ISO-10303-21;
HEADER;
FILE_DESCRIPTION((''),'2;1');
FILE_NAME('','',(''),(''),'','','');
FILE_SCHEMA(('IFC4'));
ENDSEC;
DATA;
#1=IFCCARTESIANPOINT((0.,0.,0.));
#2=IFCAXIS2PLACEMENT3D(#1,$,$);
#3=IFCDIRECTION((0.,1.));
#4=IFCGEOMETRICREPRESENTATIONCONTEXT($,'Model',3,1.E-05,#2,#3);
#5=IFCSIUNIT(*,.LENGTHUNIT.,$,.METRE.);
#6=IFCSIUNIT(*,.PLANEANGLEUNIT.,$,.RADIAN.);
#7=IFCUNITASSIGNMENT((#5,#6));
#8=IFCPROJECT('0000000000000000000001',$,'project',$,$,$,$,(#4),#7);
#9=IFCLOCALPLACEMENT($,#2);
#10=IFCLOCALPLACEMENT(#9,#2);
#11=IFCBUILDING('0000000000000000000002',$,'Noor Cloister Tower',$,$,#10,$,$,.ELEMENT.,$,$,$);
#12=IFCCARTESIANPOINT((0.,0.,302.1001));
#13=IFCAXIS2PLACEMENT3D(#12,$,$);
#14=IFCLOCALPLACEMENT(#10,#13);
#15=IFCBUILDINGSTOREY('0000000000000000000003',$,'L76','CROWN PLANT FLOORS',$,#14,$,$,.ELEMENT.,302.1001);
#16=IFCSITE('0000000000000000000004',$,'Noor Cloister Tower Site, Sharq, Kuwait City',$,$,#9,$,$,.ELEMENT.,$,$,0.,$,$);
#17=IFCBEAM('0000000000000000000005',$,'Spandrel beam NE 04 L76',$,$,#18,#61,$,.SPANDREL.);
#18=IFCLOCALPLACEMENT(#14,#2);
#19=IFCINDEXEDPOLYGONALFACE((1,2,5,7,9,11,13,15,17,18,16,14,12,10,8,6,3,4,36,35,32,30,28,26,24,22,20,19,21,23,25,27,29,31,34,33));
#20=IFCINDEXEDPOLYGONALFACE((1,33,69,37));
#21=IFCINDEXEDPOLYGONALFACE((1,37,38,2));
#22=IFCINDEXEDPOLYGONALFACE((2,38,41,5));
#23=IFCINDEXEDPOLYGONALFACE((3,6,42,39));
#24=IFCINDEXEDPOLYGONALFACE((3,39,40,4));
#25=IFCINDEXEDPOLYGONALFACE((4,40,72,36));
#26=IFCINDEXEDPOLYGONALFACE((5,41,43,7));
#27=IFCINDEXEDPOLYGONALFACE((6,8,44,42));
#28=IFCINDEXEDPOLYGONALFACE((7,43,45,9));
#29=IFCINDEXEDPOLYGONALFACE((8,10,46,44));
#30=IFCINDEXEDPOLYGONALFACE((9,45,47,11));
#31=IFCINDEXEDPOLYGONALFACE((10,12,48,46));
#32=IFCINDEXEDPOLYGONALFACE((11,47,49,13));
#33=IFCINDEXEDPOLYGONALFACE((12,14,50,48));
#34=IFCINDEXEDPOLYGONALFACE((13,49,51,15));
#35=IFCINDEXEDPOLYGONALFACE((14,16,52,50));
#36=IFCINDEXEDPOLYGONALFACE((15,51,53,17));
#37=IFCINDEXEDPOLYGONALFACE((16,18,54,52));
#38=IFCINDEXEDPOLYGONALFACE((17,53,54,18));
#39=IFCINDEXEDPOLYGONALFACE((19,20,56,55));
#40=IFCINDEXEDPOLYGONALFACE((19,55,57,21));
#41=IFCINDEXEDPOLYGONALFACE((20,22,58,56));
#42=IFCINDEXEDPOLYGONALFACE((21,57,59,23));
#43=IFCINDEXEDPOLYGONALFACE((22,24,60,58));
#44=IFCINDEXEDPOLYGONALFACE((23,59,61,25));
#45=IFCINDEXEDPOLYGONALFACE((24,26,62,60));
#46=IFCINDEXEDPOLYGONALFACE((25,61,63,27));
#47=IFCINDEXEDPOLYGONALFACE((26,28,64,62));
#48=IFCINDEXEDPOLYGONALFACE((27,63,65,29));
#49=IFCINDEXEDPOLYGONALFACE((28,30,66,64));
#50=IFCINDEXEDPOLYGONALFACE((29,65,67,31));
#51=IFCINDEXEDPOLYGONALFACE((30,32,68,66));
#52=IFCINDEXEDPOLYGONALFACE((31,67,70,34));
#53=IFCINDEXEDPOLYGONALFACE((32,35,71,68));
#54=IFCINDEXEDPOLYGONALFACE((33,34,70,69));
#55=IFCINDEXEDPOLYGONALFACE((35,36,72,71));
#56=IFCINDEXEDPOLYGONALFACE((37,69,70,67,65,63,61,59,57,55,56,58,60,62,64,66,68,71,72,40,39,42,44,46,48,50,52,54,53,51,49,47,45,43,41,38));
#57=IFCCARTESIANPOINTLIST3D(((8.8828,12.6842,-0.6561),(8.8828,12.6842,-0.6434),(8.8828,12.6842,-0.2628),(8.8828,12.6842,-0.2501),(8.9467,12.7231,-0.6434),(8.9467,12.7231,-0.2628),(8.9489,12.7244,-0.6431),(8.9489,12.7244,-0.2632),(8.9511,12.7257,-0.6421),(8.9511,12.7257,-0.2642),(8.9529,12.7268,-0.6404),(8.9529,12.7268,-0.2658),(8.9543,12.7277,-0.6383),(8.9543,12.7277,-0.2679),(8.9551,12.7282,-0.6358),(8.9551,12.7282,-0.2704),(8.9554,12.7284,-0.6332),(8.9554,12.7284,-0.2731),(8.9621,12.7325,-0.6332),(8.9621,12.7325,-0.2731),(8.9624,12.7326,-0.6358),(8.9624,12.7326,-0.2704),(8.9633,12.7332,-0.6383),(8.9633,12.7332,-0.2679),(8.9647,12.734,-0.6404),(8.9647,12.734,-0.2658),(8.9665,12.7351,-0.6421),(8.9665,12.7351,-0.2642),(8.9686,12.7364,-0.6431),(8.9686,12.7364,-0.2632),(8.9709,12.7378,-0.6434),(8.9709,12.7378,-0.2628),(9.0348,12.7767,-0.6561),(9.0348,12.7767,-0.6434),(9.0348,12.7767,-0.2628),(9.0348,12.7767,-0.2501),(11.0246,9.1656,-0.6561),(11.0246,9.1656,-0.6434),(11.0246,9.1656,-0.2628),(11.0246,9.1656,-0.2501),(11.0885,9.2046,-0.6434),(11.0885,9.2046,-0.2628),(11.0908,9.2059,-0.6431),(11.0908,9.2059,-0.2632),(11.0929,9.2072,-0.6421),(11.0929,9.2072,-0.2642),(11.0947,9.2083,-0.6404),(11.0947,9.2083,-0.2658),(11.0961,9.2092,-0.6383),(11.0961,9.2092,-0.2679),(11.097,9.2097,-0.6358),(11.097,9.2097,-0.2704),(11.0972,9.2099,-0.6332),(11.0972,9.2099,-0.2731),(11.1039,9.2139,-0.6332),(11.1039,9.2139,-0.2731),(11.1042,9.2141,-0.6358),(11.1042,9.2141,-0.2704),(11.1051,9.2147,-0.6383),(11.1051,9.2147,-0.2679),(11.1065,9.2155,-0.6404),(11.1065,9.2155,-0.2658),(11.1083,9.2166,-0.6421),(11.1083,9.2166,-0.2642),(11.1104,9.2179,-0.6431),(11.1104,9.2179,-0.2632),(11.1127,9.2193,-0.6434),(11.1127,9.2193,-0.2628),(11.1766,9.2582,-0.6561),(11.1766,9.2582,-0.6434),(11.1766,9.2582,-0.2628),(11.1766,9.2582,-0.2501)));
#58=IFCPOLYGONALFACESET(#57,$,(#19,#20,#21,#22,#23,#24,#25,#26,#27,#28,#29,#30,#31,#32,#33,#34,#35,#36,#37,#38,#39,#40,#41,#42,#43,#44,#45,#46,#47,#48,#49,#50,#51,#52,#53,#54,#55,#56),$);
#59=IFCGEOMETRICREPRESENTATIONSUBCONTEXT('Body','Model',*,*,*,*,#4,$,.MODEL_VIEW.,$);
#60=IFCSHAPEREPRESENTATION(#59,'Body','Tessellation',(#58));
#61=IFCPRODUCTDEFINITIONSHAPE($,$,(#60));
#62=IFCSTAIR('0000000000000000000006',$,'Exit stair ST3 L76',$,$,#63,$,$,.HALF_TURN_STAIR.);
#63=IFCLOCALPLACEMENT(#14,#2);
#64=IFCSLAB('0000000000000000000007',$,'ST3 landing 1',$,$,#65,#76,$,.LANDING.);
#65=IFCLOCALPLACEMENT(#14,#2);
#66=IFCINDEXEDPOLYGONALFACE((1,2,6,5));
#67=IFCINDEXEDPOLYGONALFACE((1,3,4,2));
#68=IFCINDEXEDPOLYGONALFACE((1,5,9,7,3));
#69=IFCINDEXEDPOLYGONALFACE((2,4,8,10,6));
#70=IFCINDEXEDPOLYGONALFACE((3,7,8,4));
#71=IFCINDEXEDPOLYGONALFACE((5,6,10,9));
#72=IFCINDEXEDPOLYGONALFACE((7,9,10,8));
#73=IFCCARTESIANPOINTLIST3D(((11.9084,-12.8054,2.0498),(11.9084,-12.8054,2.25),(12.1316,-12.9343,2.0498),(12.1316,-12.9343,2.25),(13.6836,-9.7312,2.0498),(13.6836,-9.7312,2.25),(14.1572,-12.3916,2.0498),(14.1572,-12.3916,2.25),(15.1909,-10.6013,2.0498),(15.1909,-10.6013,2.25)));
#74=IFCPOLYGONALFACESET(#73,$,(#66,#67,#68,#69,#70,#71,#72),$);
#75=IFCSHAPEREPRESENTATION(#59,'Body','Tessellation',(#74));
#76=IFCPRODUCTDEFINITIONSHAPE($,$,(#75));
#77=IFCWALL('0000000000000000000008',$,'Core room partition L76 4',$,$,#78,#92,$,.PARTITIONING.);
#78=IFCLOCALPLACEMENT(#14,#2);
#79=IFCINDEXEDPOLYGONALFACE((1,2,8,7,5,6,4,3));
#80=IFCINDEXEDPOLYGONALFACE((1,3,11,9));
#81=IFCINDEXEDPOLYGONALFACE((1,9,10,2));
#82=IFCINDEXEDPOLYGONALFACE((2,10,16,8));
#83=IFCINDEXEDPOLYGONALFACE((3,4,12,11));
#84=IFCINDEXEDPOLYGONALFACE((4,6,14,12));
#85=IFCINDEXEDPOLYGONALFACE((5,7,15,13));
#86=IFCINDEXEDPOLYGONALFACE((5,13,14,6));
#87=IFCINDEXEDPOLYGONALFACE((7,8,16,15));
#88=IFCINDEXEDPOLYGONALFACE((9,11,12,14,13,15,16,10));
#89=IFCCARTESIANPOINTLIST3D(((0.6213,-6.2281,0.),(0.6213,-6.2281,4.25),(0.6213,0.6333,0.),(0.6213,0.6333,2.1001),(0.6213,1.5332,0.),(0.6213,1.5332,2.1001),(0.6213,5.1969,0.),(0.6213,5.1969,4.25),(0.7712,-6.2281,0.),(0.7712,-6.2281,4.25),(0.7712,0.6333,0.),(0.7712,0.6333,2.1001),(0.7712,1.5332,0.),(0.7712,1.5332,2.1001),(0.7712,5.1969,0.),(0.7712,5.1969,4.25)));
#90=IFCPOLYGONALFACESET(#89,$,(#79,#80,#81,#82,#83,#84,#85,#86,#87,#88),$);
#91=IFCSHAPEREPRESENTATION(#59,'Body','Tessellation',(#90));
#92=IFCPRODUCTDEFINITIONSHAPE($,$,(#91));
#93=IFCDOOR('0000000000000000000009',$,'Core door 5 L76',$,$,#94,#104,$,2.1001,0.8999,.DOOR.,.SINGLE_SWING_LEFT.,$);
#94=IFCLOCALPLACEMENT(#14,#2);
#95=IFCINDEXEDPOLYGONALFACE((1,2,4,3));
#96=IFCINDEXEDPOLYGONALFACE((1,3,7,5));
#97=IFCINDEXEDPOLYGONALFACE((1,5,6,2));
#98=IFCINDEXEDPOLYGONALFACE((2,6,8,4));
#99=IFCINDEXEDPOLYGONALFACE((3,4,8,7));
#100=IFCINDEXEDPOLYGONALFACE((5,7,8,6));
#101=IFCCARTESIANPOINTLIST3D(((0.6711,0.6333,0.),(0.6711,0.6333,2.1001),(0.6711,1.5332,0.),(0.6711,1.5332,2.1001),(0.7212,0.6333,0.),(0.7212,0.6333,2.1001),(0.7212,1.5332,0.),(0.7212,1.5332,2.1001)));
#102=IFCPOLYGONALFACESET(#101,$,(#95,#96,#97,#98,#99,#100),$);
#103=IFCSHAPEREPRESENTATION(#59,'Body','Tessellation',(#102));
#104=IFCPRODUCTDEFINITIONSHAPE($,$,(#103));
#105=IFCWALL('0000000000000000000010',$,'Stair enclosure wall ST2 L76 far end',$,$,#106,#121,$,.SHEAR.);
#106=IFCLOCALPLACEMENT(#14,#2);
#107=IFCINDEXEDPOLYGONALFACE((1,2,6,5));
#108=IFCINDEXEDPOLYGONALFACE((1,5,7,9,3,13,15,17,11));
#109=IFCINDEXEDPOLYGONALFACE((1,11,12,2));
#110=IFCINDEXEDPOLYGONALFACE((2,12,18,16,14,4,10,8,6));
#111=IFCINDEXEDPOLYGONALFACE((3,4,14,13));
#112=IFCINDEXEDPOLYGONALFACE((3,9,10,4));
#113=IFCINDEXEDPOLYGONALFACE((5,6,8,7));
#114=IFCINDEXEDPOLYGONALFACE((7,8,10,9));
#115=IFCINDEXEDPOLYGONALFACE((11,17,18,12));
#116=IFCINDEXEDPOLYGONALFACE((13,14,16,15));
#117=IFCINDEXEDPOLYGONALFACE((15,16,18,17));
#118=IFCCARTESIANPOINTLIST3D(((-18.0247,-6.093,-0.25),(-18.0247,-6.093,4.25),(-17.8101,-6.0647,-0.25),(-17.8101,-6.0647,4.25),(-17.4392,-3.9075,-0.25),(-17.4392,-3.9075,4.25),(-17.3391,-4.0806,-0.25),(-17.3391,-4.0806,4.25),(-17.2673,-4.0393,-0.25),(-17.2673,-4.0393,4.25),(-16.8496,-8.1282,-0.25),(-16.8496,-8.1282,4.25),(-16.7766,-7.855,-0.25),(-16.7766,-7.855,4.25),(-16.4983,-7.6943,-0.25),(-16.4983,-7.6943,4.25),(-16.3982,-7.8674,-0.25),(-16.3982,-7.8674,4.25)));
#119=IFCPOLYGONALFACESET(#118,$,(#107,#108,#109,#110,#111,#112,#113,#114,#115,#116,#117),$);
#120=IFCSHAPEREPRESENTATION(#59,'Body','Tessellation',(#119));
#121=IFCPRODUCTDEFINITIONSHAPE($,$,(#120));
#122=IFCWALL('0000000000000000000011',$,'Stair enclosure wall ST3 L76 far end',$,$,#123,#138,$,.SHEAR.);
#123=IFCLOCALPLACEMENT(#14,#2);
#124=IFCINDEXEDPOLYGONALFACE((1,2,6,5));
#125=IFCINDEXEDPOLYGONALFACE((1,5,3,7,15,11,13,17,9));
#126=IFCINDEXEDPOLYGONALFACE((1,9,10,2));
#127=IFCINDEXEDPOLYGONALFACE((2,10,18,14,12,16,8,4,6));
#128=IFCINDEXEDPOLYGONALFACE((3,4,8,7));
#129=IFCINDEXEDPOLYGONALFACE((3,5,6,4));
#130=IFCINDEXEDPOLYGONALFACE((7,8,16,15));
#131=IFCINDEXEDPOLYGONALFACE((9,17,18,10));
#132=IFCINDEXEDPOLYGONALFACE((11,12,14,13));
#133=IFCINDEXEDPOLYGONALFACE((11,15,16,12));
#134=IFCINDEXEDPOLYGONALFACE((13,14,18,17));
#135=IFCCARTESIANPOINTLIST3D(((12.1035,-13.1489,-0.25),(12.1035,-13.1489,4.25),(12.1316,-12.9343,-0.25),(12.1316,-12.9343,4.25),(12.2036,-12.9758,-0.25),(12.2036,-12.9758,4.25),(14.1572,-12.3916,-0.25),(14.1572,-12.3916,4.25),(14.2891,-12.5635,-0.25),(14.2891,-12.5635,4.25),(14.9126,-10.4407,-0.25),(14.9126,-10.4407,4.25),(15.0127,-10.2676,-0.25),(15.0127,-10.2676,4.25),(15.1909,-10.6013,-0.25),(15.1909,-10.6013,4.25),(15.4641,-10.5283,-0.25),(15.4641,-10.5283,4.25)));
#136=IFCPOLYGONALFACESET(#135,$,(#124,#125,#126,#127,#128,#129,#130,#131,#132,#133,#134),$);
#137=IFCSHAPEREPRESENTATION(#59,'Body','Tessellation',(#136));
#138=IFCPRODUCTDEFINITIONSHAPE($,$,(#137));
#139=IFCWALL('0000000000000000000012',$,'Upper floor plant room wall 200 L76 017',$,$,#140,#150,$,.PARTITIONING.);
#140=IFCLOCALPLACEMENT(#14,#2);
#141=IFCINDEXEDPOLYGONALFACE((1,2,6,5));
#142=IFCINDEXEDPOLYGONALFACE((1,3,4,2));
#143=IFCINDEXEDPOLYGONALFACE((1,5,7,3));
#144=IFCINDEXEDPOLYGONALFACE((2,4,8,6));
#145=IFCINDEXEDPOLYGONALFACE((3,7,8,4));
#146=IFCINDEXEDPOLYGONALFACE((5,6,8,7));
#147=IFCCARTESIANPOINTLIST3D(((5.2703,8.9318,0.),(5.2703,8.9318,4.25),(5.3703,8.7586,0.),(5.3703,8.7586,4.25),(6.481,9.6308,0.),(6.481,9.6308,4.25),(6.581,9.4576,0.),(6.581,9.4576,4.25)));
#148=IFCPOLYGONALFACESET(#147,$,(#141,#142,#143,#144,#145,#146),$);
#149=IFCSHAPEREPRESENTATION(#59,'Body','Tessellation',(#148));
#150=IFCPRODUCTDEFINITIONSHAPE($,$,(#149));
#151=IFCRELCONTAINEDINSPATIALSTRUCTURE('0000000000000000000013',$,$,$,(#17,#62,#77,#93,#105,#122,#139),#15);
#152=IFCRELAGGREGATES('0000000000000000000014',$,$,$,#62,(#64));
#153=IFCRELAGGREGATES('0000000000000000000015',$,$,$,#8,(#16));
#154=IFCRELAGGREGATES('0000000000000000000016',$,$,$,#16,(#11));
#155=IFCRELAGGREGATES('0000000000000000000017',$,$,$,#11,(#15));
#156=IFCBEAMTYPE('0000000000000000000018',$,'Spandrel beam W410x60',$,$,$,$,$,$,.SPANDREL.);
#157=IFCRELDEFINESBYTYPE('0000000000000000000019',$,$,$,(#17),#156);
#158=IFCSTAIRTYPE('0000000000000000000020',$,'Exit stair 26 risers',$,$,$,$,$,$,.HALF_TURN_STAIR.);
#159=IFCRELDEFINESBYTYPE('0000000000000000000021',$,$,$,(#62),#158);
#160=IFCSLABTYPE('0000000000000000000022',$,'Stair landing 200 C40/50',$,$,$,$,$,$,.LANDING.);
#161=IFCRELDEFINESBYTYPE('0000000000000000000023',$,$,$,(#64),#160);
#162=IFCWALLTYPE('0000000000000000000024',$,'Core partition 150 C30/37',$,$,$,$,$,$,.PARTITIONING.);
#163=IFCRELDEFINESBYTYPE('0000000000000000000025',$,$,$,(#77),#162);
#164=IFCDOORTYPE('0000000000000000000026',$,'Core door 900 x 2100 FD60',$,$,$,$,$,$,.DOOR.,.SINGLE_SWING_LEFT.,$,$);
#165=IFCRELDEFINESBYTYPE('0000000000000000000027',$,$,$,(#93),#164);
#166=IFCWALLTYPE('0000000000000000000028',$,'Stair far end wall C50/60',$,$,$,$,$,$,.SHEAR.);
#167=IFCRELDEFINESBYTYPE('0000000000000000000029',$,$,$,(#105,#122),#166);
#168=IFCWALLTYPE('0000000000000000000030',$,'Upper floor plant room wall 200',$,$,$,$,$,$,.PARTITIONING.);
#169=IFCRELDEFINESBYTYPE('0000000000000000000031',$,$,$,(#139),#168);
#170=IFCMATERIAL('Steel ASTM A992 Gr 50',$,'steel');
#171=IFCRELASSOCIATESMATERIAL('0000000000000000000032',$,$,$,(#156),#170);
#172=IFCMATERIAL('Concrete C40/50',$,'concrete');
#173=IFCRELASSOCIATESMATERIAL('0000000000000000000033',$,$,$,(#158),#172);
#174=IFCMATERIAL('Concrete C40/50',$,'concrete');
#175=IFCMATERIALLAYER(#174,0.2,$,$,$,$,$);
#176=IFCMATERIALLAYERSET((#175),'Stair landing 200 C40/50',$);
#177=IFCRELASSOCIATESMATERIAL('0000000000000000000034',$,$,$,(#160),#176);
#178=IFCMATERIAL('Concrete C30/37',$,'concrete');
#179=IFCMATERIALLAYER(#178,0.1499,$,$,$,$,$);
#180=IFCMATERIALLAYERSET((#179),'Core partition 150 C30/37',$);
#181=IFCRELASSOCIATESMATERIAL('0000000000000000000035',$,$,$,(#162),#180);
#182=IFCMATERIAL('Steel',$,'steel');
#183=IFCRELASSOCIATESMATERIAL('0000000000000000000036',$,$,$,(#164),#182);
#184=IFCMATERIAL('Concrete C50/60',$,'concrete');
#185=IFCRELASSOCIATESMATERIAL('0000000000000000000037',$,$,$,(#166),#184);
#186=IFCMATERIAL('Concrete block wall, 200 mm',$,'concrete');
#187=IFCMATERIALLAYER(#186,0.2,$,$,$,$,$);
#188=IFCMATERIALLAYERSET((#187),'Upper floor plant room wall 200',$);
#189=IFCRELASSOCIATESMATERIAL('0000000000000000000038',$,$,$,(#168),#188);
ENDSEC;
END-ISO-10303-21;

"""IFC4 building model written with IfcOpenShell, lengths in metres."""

from ifc_helpers import new_model, si_unit, direction, frame, frame_2d, origin, origin_2d, place, context, subcontext, project, spatial, polyline, rectangle, i_section, outline, extrude, material, layer, layer_set, material_profile, profile_set, type_object, element, fill, aggregate, save


model = new_model("IFC4")

# Units and contexts
model_context = context("Model", 3, precision=1e-05, world=origin(), true_north=direction((0.0, 1.0)))
body_context = subcontext(model_context, "Body", "Model", "MODEL_VIEW")
ifc_project = project(units=[si_unit("LENGTHUNIT", "METRE"), si_unit("PLANEANGLEUNIT", "RADIAN")], contexts=[model_context])

# Site, building, storey
site_placement = place(None, origin())
site = spatial("IfcSite", under=ifc_project, at=site_placement, Name="Noor Cloister Tower Site, Sharq, Kuwait City", CompositionType="ELEMENT", RefElevation=0.0)
building_placement = place(site_placement, origin())
building = spatial("IfcBuilding", under=site, at=building_placement, Name="Noor Cloister Tower", CompositionType="ELEMENT")
storey_placement = place(building_placement, frame((0.0, 0.0, 302.1001)))
storey = spatial("IfcBuildingStorey", under=building, at=storey_placement, Name="L76", Description="CROWN PLANT FLOORS", CompositionType="ELEMENT", Elevation=302.1001)

# Beam
ifc_material_1 = material(Name="Steel ASTM A992 Gr 50", Category="steel")
ifc_material_profile_1 = material_profile(ifc_material_1, i_section(OverallWidth=0.178, OverallDepth=0.406, WebThickness=0.0078, FlangeThickness=0.0127, FilletRadius=0.0103, at=origin_2d()), Name="W410x60")
ifc_profile_set_1 = profile_set([ifc_material_profile_1], Name="Steel ASTM A992 Gr 50")
beam_type_1 = type_object("IfcBeamType", Name="Spandrel beam W410x60", PredefinedType="SPANDREL", material=ifc_profile_set_1)
for number, where, z_axis, x_axis, name in (
    (1, (11.1006, 9.2119, -0.4531), (-0.519968, 0.854186, 0.0), (-0.854186, -0.519968, 0.0), "Spandrel beam NE 04 L76"),
):
    element("IfcBeam", number, at=place(storey_placement, frame(where, z_axis=z_axis, x_axis=x_axis)), inside=storey, type_object=beam_type_1, Name=name, PredefinedType="SPANDREL", context=body_context, shape_type="SweptSolid", body=[
        extrude(i_section(OverallWidth=0.178, OverallDepth=0.406, WebThickness=0.0078, FlangeThickness=0.0127, FilletRadius=0.0103, at=origin_2d()), origin(), (0.0, 0.0, 1.0), 4.1191),
    ])

# Stair, slab
ifc_material_2 = material(Name="Concrete C40/50", Category="concrete")
stair_type = type_object("IfcStairType", Name="Exit stair 26 risers", PredefinedType="HALF_TURN_STAIR", material=ifc_material_2)
stair_placement = place(storey_placement, origin())
stair = element("IfcStair", 2, at=stair_placement, inside=storey, type_object=stair_type, Name="Exit stair ST3 L76", PredefinedType="HALF_TURN_STAIR")
ifc_material_3 = material(Name="Concrete C40/50", Category="concrete")
ifc_layer_1 = layer(ifc_material_3, 0.2)
ifc_layer_set_1 = layer_set([ifc_layer_1], Name="Stair landing 200 C40/50")
slab_type = type_object("IfcSlabType", Name="Stair landing 200 C40/50", PredefinedType="LANDING", material=ifc_layer_set_1)
slab_placement = place(storey_placement, frame((0.0, 0.0, 2.0498)))
slab = element("IfcSlab", 3, at=slab_placement, type_object=slab_type, Name="ST3 landing 1", PredefinedType="LANDING", context=body_context, shape_type="SweptSolid", body=[
    extrude(outline(polyline([(11.9084, -12.8054), (12.1316, -12.9343), (14.1572, -12.3916), (15.1909, -10.6013), (13.6836, -9.7312), (11.9084, -12.8054)])), origin(), (0.0, 0.0, 1.0), 0.2002),
])
aggregate(stair, [slab])

# Wall, opening, door
ifc_material_4 = material(Name="Concrete C30/37", Category="concrete")
ifc_layer_2 = layer(ifc_material_4, 0.1499)
ifc_layer_set_2 = layer_set([ifc_layer_2], Name="Core partition 150 C30/37")
wall_type_1 = type_object("IfcWallType", Name="Core partition 150 C30/37", PredefinedType="PARTITIONING", material=ifc_layer_set_2)
wall_1_placement = place(storey_placement, frame((0.6963, 5.1968, 0.0), z_axis=(0.0, 0.0, 1.0), x_axis=(0.0, -1.0, 0.0)))
wall_1 = element("IfcWall", 4, at=wall_1_placement, inside=storey, type_object=wall_type_1, Name="Core room partition L76 4", PredefinedType="PARTITIONING", context=body_context, shape_type="SweptSolid", body=[
    extrude(rectangle(XDim=11.425, YDim=0.1499, at=frame_2d((5.7124, 0.0))), origin(), (0.0, 0.0, 1.0), 4.25),
])
opening_1_placement = place(wall_1_placement, frame((3.6636, 0.0, 0.0)))
opening_1 = element("IfcOpeningElement", 5, at=opening_1_placement, cuts=wall_1, PredefinedType="OPENING", context=body_context, shape_type="SweptSolid", body=[
    extrude(rectangle(XDim=0.8999, YDim=2.1001, at=frame_2d((0.45, 1.05))), frame((0.0, 0.085, 0.0), z_axis=(0.0, -1.0, 0.0), x_axis=(1.0, 0.0, 0.0)), (0.0, 0.0, 1.0), 0.1699),
])
ifc_material_5 = material(Name="Steel", Category="steel")
door_type_1 = type_object("IfcDoorType", Name="Core door 900 x 2100 FD60", OperationType="SINGLE_SWING_LEFT", PredefinedType="DOOR", material=ifc_material_5)
door_1_placement = place(opening_1_placement, origin())
door_1 = element("IfcDoor", 6, at=door_1_placement, inside=storey, type_object=door_type_1, Name="Core door 5 L76", OperationType="SINGLE_SWING_LEFT", OverallHeight=2.1001, OverallWidth=0.8999, PredefinedType="DOOR", context=body_context, shape_type="SweptSolid", body=[
    extrude(rectangle(XDim=0.8999, YDim=2.1001, at=frame_2d((0.45, 1.05))), frame((0.0, 0.0249, 0.0), z_axis=(0.0, -1.0, 0.0), x_axis=(1.0, 0.0, 0.0)), (0.0, 0.0, 1.0), 0.05),
])
fill(opening_1, door_1)

# Walls
ifc_material_6 = material(Name="Concrete C50/60", Category="concrete")
wall_type_2 = type_object("IfcWallType", Name="Stair far end wall C50/60", PredefinedType="SHEAR", material=ifc_material_6)
wall_2_placement = place(storey_placement, frame((0.0, 0.0, -0.25)))
element("IfcWall", 7, at=wall_2_placement, inside=storey, type_object=wall_type_2, Name="Stair enclosure wall ST2 L76 far end", PredefinedType="SHEAR", context=body_context, shape_type="SweptSolid", body=[
    extrude(outline(polyline([(-17.4392, -3.9075), (-18.0247, -6.093), (-16.8496, -8.1282), (-16.3982, -7.8674), (-16.4983, -7.6943), (-16.4983, -7.6943), (-16.7766, -7.855), (-17.8101, -6.0647), (-17.2673, -4.0393), (-17.3391, -4.0806), (-17.3391, -4.0806), (-17.3391, -4.0806), (-17.3391, -4.0806), (-17.3391, -4.0806), (-17.3391, -4.0806), (-17.3391, -4.0806), (-17.3391, -4.0806), (-17.3391, -4.0806), (-17.3391, -4.0806), (-17.3391, -4.0806), (-17.3391, -4.0806), (-17.3391, -4.0806), (-17.3391, -4.0806), (-17.3391, -4.0806), (-17.3391, -4.0806), (-17.3391, -4.0806), (-17.4392, -3.9075)])), origin(), (0.0, 0.0, 1.0), 4.5),
])
wall_3_placement = place(storey_placement, frame((0.0, 0.0, -0.25)))
element("IfcWall", 8, at=wall_3_placement, inside=storey, type_object=wall_type_2, Name="Stair enclosure wall ST3 L76 far end", PredefinedType="SHEAR", context=body_context, shape_type="SweptSolid", body=[
    extrude(outline(polyline([(12.1035, -13.1489), (14.2891, -12.5635), (15.4641, -10.5283), (15.0127, -10.2676), (14.9126, -10.4407), (15.1909, -10.6013), (14.1572, -12.3916), (12.1316, -12.9343), (12.2036, -12.9758), (12.2036, -12.9758), (12.2036, -12.9758), (12.2036, -12.9758), (12.2036, -12.9758), (12.2036, -12.9758), (12.2036, -12.9758), (12.2036, -12.9758), (12.2036, -12.9758), (12.2036, -12.9758), (12.2036, -12.9758), (12.2036, -12.9758), (12.2036, -12.9758), (12.2036, -12.9758), (12.2036, -12.9758), (12.2036, -12.9758), (12.2036, -12.9758), (12.1035, -13.1489)])), origin(), (0.0, 0.0, 1.0), 4.5),
])
ifc_material_7 = material(Name="Concrete block wall, 200 mm", Category="concrete")
ifc_layer_3 = layer(ifc_material_7, 0.2)
ifc_layer_set_3 = layer_set([ifc_layer_3], Name="Upper floor plant room wall 200")
wall_type_3 = type_object("IfcWallType", Name="Upper floor plant room wall 200", PredefinedType="PARTITIONING", material=ifc_layer_set_3)
wall_4_placement = place(storey_placement, frame((5.3203, 8.8452, 0.0), z_axis=(0.0, 0.0, 1.0), x_axis=(0.866031, 0.49999, 0.0)))
element("IfcWall", 9, at=wall_4_placement, inside=storey, type_object=wall_type_3, Name="Upper floor plant room wall 200 L76 017", PredefinedType="PARTITIONING", context=body_context, shape_type="SweptSolid", body=[
    extrude(rectangle(XDim=1.3979, YDim=0.2, at=frame_2d((0.699, 0.0))), origin(), (0.0, 0.0, 1.0), 4.25),
])

save(model, "model.ifc")
